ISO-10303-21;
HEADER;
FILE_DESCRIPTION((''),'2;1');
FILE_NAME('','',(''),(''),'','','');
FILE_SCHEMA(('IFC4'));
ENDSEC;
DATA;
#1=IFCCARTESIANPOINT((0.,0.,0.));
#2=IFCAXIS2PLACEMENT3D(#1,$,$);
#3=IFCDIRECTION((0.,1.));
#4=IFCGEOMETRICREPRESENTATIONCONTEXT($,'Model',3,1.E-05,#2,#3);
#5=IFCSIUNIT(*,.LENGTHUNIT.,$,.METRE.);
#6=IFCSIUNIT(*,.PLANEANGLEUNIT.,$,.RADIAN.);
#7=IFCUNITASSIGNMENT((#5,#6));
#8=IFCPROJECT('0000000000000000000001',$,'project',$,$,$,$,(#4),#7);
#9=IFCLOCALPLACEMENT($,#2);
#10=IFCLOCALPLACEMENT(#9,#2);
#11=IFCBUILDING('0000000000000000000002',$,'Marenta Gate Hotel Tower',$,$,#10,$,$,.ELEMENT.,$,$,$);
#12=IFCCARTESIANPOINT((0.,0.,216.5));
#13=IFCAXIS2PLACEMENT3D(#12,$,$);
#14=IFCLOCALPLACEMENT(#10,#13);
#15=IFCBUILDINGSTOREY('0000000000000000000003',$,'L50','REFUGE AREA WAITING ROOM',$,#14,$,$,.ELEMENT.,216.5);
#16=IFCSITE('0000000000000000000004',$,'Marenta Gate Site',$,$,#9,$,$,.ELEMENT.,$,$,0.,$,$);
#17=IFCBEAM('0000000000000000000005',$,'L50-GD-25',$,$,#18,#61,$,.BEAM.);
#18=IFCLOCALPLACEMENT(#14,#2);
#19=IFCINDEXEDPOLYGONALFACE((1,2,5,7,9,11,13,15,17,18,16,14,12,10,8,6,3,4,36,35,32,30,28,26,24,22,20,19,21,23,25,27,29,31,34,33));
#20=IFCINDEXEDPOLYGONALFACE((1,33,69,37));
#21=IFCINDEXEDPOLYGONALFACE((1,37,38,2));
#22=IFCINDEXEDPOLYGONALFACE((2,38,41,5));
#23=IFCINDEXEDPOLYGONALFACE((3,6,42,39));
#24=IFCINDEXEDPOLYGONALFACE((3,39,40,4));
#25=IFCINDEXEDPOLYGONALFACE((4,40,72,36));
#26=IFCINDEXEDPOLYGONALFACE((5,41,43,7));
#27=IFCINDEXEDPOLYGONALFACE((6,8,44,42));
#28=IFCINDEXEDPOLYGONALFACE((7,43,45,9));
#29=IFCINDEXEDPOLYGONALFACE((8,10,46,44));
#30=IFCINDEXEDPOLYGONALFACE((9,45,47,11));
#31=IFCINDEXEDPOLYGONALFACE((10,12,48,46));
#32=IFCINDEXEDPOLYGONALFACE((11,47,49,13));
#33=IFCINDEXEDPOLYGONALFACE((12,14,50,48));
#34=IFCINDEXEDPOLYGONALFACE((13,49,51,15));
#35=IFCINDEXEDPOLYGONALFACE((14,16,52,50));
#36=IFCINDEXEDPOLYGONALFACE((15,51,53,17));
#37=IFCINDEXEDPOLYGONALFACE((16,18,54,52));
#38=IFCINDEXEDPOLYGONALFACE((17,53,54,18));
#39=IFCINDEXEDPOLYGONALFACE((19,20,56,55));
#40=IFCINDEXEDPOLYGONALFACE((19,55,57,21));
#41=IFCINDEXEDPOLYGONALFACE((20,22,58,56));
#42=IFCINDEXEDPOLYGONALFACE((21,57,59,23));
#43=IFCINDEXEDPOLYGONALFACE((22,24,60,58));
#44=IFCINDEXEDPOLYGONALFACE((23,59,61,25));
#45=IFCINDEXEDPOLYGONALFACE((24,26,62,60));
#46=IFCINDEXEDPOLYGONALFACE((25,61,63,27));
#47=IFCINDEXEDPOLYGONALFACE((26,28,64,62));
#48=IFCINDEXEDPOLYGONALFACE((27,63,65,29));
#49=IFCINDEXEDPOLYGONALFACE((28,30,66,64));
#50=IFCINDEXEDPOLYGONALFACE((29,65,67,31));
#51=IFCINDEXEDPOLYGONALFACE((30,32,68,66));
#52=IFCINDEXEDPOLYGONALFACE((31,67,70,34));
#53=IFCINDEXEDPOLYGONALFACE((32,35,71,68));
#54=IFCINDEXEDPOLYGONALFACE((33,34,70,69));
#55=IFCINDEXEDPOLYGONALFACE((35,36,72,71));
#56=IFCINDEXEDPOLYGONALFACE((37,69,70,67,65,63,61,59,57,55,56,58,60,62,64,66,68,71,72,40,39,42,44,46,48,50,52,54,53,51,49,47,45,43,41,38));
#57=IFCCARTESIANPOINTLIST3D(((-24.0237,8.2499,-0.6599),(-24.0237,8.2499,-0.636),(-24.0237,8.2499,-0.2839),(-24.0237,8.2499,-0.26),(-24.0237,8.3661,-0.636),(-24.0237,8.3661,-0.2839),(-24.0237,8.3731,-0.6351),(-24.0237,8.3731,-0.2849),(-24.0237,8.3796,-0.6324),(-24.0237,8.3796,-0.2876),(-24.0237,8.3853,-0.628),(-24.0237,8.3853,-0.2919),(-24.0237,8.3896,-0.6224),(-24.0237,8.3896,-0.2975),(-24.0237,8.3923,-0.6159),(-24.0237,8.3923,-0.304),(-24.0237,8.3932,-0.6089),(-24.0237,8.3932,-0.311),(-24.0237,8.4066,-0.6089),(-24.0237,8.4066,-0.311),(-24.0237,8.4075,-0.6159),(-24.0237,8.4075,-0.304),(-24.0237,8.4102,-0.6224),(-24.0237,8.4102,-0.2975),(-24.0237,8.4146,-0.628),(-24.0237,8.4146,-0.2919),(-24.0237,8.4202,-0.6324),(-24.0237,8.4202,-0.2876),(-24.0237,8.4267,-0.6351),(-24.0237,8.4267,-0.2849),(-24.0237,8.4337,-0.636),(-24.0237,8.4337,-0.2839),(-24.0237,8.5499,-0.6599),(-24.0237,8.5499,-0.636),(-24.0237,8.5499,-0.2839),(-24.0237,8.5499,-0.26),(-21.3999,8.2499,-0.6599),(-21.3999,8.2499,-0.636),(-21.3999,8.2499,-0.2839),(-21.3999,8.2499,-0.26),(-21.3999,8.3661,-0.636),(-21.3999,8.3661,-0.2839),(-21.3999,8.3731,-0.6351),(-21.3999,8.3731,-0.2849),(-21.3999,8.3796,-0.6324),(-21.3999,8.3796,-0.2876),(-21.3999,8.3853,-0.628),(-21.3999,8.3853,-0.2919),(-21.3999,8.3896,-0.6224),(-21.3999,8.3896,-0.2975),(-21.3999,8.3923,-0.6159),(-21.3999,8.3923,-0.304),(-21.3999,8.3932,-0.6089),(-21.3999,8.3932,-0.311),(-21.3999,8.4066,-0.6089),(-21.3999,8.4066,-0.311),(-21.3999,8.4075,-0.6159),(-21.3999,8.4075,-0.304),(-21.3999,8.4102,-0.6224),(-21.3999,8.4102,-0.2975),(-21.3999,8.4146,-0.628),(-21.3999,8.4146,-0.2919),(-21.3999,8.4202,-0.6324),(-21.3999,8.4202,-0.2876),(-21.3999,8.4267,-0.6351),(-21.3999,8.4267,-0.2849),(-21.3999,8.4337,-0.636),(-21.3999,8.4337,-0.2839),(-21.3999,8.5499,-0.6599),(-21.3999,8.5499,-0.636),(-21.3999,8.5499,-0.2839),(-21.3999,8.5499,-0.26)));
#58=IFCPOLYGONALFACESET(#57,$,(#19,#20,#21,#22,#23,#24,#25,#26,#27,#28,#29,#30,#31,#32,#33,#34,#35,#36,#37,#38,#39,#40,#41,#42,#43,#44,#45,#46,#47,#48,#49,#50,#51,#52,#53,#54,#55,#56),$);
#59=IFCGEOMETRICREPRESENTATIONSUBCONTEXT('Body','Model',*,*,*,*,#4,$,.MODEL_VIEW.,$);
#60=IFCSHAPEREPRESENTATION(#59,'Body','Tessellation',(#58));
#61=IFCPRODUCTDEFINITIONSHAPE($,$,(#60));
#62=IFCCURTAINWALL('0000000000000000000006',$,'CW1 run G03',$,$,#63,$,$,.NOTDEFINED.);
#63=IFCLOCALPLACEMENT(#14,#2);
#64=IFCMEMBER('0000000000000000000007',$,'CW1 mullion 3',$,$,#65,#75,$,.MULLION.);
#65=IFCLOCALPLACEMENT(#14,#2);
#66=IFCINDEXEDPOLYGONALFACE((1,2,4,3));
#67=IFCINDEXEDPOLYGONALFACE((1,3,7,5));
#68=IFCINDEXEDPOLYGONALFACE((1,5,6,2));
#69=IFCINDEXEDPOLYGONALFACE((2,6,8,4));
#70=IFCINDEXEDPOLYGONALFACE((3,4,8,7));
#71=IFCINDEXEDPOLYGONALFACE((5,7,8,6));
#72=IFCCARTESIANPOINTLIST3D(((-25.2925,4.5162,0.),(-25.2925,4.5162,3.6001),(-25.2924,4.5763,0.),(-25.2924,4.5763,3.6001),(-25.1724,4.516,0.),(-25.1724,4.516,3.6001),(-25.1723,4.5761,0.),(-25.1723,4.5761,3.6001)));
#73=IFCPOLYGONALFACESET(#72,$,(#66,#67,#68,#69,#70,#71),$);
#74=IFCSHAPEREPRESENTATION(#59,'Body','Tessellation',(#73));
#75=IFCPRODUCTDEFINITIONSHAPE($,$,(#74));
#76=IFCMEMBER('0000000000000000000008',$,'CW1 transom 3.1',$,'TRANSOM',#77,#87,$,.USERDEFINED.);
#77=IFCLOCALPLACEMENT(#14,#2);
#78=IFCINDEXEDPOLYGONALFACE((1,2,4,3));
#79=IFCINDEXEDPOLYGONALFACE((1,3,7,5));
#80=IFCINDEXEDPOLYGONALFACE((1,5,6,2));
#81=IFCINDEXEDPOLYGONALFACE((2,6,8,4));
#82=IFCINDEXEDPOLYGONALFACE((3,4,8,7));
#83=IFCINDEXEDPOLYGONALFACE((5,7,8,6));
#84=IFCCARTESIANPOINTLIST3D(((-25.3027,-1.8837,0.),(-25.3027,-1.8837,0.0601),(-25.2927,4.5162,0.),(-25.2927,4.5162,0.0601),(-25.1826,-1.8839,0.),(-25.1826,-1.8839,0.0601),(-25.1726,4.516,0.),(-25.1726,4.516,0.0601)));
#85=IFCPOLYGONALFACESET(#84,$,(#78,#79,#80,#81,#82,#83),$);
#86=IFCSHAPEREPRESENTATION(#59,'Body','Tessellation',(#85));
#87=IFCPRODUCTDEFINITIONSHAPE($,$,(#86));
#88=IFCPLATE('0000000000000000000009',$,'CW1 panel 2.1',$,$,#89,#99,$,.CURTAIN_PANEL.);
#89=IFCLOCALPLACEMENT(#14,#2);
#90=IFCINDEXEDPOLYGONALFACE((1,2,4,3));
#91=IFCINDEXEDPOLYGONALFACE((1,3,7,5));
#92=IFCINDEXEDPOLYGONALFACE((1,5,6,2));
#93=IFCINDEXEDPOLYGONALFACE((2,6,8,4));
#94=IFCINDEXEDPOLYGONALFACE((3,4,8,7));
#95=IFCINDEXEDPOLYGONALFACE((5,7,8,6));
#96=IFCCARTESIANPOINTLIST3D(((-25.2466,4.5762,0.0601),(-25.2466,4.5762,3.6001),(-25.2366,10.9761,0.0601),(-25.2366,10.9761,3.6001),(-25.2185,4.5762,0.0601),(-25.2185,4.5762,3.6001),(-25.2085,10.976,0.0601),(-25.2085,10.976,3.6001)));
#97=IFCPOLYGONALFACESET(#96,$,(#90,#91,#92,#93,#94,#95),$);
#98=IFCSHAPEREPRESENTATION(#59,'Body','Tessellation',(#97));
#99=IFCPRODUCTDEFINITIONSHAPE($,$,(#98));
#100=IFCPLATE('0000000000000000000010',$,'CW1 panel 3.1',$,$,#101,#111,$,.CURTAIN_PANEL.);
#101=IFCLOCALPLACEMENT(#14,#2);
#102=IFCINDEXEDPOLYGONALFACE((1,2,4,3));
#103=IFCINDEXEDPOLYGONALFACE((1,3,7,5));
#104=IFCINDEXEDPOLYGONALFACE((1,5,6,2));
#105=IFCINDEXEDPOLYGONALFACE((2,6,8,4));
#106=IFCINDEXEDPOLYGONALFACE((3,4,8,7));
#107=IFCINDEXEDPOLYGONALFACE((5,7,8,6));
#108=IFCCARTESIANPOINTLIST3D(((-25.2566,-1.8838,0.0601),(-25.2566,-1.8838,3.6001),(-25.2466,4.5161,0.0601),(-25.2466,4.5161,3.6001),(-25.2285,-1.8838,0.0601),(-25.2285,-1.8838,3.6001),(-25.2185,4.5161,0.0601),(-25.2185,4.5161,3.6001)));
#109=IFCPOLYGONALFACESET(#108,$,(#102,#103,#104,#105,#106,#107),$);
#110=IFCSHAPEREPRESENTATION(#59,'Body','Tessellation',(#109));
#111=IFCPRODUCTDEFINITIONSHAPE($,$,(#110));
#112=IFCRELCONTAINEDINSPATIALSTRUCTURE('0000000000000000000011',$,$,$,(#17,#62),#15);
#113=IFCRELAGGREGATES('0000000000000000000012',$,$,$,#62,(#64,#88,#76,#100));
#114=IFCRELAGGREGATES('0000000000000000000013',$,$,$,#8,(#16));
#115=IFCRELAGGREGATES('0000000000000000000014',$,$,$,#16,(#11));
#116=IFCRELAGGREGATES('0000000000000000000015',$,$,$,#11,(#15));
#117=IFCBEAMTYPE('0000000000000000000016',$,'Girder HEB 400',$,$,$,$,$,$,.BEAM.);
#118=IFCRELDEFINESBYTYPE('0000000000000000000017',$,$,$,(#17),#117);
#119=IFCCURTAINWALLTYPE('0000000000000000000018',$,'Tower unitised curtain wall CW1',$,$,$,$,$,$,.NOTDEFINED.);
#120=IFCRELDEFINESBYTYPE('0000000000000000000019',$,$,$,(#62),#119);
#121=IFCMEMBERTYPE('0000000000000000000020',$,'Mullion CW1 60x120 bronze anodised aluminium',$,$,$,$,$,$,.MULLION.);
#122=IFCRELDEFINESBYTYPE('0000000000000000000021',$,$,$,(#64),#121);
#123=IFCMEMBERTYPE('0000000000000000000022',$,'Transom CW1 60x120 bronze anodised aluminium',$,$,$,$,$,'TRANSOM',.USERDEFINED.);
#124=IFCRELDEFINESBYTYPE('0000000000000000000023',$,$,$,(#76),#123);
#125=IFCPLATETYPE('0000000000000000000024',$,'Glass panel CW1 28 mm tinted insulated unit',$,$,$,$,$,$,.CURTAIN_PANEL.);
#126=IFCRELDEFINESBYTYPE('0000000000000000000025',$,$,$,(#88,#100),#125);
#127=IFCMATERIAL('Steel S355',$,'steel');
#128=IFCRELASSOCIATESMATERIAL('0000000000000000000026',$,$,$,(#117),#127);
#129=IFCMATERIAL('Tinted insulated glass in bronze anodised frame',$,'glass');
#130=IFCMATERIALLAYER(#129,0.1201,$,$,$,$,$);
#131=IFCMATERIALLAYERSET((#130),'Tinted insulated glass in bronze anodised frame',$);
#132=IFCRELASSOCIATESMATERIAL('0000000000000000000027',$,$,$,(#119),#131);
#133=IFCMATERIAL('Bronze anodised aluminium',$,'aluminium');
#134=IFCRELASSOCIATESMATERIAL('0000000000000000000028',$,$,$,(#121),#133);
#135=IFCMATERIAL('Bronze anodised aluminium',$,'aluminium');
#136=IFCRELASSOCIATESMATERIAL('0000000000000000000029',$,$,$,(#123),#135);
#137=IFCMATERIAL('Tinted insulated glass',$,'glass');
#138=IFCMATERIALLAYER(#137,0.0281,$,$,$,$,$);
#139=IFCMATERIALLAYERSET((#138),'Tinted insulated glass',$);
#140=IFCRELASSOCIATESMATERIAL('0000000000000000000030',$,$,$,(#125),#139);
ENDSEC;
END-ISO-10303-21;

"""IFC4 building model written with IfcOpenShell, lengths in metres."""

from ifc_helpers import new_model, si_unit, direction, frame, origin, origin_2d, place, context, subcontext, project, spatial, rectangle, i_section, extrude, material, layer, layer_set, material_profile, profile_set, type_object, element, aggregate, save


model = new_model("IFC4")

# Units and contexts
model_context = context("Model", 3, precision=1e-05, world=origin(), true_north=direction((0.0, 1.0)))
body_context = subcontext(model_context, "Body", "Model", "MODEL_VIEW")
ifc_project = project(units=[si_unit("LENGTHUNIT", "METRE"), si_unit("PLANEANGLEUNIT", "RADIAN")], contexts=[model_context])

# Site, building, storey
site_placement = place(None, origin())
site = spatial("IfcSite", under=ifc_project, at=site_placement, Name="Marenta Gate Site", CompositionType="ELEMENT", RefElevation=0.0)
building_placement = place(site_placement, origin())
building = spatial("IfcBuilding", under=site, at=building_placement, Name="Marenta Gate Hotel Tower", CompositionType="ELEMENT")
storey_placement = place(building_placement, frame((0.0, 0.0, 216.5)))
storey = spatial("IfcBuildingStorey", under=building, at=storey_placement, Name="L50", Description="REFUGE AREA WAITING ROOM", CompositionType="ELEMENT", Elevation=216.5)

# Beam
ifc_material_1 = material(Name="Steel S355", Category="steel")
ifc_material_profile_1 = material_profile(ifc_material_1, i_section(OverallWidth=0.3, OverallDepth=0.3999, WebThickness=0.0134, FlangeThickness=0.0239, FilletRadius=0.0271, at=origin_2d()), Name="HEB 400")
ifc_profile_set_1 = profile_set([ifc_material_profile_1], Name="Steel S355")
beam_type_1 = type_object("IfcBeamType", Name="Girder HEB 400", PredefinedType="BEAM", material=ifc_profile_set_1)
beam_1_placement = place(storey_placement, frame((-24.0237, 8.3999, -0.46), z_axis=(1.0, 0.0, 0.0), x_axis=(0.0, 1.0, 0.0)))
element("IfcBeam", 1, at=beam_1_placement, inside=storey, type_object=beam_type_1, Name="L50-GD-25", PredefinedType="BEAM", context=body_context, shape_type="SweptSolid", body=[
    extrude(i_section(OverallWidth=0.3, OverallDepth=0.3999, WebThickness=0.0134, FlangeThickness=0.0239, FilletRadius=0.0271, at=origin_2d()), origin(), (0.0, 0.0, 1.0), 2.6238),
])

# Curtain wall, members, plates
ifc_material_2 = material(Name="Tinted insulated glass in bronze anodised frame", Category="glass")
ifc_layer_1 = layer(ifc_material_2, 0.1201)
ifc_layer_set_1 = layer_set([ifc_layer_1], Name="Tinted insulated glass in bronze anodised frame")
curtain_wall_type = type_object("IfcCurtainWallType", Name="Tower unitised curtain wall CW1", PredefinedType="NOTDEFINED", material=ifc_layer_set_1)
curtain_wall_placement = place(storey_placement, origin())
curtain_wall = element("IfcCurtainWall", 2, at=curtain_wall_placement, inside=storey, type_object=curtain_wall_type, Name="CW1 run G03", PredefinedType="NOTDEFINED")
ifc_material_3 = material(Name="Bronze anodised aluminium", Category="aluminium")
ifc_material_profile_2 = material_profile(ifc_material_3, rectangle(XDim=0.1201, YDim=0.0601, at=origin_2d()), Name="Mullion CW1 60x120 bronze anodised aluminium")
ifc_profile_set_2 = profile_set([ifc_material_profile_2], Name="Bronze anodised aluminium")
member_type_1 = type_object("IfcMemberType", Name="Mullion CW1 60x120 bronze anodised aluminium", PredefinedType="MULLION", material=ifc_profile_set_2)
member_1_placement = place(storey_placement, frame((-25.2324, 4.5461, 0.0), z_axis=(0.0, 0.0, 1.0), x_axis=(0.999999, -0.001566, 0.0)))
member_1 = element("IfcMember", 3, at=member_1_placement, type_object=member_type_1, Name="CW1 mullion 3", PredefinedType="MULLION", context=body_context, shape_type="SweptSolid", body=[
    extrude(rectangle(XDim=0.1201, YDim=0.0601, at=origin_2d()), origin(), (0.0, 0.0, 1.0), 3.6001),
])
ifc_material_4 = material(Name="Bronze anodised aluminium", Category="aluminium")
ifc_material_profile_3 = material_profile(ifc_material_4, rectangle(XDim=0.1201, YDim=0.0601, at=origin_2d()), Name="Transom CW1 60x120 bronze anodised aluminium")
ifc_profile_set_3 = profile_set([ifc_material_profile_3], Name="Bronze anodised aluminium")
member_type_2 = type_object("IfcMemberType", Name="Transom CW1 60x120 bronze anodised aluminium", ElementType="TRANSOM", PredefinedType="USERDEFINED", material=ifc_profile_set_3)
member_2_placement = place(storey_placement, frame((-25.2327, 4.5161, 0.03), z_axis=(-0.001564, -0.999999, 0.0), x_axis=(0.999999, -0.001564, 0.0)))
member_2 = element("IfcMember", 4, at=member_2_placement, type_object=member_type_2, Name="CW1 transom 3.1", ObjectType="TRANSOM", PredefinedType="USERDEFINED", context=body_context, shape_type="SweptSolid", body=[
    extrude(rectangle(XDim=0.1201, YDim=0.0601, at=origin_2d()), origin(), (0.0, 0.0, 1.0), 6.3999),
])
ifc_material_5 = material(Name="Tinted insulated glass", Category="glass")
ifc_layer_2 = layer(ifc_material_5, 0.0281)
ifc_layer_set_2 = layer_set([ifc_layer_2], Name="Tinted insulated glass")
plate_type = type_object("IfcPlateType", Name="Glass panel CW1 28 mm tinted insulated unit", PredefinedType="CURTAIN_PANEL", material=ifc_layer_set_2)
plate_1_placement = place(storey_placement, frame((-25.2275, 7.7761, 0.0601), z_axis=(0.0, 0.0, 1.0), x_axis=(-0.001566, -0.999999, 0.0)))
plate_1 = element("IfcPlate", 5, at=plate_1_placement, type_object=plate_type, Name="CW1 panel 2.1", PredefinedType="CURTAIN_PANEL", context=body_context, shape_type="SweptSolid", body=[
    extrude(rectangle(XDim=6.3999, YDim=0.0281, at=origin_2d()), origin(), (0.0, 0.0, 1.0), 3.54),
])
plate_2_placement = place(storey_placement, frame((-25.2375, 1.3162, 0.0601), z_axis=(0.0, 0.0, 1.0), x_axis=(-0.001566, -0.999999, 0.0)))
plate_2 = element("IfcPlate", 6, at=plate_2_placement, type_object=plate_type, Name="CW1 panel 3.1", PredefinedType="CURTAIN_PANEL", context=body_context, shape_type="SweptSolid", body=[
    extrude(rectangle(XDim=6.3999, YDim=0.0281, at=origin_2d()), origin(), (0.0, 0.0, 1.0), 3.54),
])
aggregate(curtain_wall, [member_1, plate_1, member_2, plate_2])

save(model, "model.ifc")
